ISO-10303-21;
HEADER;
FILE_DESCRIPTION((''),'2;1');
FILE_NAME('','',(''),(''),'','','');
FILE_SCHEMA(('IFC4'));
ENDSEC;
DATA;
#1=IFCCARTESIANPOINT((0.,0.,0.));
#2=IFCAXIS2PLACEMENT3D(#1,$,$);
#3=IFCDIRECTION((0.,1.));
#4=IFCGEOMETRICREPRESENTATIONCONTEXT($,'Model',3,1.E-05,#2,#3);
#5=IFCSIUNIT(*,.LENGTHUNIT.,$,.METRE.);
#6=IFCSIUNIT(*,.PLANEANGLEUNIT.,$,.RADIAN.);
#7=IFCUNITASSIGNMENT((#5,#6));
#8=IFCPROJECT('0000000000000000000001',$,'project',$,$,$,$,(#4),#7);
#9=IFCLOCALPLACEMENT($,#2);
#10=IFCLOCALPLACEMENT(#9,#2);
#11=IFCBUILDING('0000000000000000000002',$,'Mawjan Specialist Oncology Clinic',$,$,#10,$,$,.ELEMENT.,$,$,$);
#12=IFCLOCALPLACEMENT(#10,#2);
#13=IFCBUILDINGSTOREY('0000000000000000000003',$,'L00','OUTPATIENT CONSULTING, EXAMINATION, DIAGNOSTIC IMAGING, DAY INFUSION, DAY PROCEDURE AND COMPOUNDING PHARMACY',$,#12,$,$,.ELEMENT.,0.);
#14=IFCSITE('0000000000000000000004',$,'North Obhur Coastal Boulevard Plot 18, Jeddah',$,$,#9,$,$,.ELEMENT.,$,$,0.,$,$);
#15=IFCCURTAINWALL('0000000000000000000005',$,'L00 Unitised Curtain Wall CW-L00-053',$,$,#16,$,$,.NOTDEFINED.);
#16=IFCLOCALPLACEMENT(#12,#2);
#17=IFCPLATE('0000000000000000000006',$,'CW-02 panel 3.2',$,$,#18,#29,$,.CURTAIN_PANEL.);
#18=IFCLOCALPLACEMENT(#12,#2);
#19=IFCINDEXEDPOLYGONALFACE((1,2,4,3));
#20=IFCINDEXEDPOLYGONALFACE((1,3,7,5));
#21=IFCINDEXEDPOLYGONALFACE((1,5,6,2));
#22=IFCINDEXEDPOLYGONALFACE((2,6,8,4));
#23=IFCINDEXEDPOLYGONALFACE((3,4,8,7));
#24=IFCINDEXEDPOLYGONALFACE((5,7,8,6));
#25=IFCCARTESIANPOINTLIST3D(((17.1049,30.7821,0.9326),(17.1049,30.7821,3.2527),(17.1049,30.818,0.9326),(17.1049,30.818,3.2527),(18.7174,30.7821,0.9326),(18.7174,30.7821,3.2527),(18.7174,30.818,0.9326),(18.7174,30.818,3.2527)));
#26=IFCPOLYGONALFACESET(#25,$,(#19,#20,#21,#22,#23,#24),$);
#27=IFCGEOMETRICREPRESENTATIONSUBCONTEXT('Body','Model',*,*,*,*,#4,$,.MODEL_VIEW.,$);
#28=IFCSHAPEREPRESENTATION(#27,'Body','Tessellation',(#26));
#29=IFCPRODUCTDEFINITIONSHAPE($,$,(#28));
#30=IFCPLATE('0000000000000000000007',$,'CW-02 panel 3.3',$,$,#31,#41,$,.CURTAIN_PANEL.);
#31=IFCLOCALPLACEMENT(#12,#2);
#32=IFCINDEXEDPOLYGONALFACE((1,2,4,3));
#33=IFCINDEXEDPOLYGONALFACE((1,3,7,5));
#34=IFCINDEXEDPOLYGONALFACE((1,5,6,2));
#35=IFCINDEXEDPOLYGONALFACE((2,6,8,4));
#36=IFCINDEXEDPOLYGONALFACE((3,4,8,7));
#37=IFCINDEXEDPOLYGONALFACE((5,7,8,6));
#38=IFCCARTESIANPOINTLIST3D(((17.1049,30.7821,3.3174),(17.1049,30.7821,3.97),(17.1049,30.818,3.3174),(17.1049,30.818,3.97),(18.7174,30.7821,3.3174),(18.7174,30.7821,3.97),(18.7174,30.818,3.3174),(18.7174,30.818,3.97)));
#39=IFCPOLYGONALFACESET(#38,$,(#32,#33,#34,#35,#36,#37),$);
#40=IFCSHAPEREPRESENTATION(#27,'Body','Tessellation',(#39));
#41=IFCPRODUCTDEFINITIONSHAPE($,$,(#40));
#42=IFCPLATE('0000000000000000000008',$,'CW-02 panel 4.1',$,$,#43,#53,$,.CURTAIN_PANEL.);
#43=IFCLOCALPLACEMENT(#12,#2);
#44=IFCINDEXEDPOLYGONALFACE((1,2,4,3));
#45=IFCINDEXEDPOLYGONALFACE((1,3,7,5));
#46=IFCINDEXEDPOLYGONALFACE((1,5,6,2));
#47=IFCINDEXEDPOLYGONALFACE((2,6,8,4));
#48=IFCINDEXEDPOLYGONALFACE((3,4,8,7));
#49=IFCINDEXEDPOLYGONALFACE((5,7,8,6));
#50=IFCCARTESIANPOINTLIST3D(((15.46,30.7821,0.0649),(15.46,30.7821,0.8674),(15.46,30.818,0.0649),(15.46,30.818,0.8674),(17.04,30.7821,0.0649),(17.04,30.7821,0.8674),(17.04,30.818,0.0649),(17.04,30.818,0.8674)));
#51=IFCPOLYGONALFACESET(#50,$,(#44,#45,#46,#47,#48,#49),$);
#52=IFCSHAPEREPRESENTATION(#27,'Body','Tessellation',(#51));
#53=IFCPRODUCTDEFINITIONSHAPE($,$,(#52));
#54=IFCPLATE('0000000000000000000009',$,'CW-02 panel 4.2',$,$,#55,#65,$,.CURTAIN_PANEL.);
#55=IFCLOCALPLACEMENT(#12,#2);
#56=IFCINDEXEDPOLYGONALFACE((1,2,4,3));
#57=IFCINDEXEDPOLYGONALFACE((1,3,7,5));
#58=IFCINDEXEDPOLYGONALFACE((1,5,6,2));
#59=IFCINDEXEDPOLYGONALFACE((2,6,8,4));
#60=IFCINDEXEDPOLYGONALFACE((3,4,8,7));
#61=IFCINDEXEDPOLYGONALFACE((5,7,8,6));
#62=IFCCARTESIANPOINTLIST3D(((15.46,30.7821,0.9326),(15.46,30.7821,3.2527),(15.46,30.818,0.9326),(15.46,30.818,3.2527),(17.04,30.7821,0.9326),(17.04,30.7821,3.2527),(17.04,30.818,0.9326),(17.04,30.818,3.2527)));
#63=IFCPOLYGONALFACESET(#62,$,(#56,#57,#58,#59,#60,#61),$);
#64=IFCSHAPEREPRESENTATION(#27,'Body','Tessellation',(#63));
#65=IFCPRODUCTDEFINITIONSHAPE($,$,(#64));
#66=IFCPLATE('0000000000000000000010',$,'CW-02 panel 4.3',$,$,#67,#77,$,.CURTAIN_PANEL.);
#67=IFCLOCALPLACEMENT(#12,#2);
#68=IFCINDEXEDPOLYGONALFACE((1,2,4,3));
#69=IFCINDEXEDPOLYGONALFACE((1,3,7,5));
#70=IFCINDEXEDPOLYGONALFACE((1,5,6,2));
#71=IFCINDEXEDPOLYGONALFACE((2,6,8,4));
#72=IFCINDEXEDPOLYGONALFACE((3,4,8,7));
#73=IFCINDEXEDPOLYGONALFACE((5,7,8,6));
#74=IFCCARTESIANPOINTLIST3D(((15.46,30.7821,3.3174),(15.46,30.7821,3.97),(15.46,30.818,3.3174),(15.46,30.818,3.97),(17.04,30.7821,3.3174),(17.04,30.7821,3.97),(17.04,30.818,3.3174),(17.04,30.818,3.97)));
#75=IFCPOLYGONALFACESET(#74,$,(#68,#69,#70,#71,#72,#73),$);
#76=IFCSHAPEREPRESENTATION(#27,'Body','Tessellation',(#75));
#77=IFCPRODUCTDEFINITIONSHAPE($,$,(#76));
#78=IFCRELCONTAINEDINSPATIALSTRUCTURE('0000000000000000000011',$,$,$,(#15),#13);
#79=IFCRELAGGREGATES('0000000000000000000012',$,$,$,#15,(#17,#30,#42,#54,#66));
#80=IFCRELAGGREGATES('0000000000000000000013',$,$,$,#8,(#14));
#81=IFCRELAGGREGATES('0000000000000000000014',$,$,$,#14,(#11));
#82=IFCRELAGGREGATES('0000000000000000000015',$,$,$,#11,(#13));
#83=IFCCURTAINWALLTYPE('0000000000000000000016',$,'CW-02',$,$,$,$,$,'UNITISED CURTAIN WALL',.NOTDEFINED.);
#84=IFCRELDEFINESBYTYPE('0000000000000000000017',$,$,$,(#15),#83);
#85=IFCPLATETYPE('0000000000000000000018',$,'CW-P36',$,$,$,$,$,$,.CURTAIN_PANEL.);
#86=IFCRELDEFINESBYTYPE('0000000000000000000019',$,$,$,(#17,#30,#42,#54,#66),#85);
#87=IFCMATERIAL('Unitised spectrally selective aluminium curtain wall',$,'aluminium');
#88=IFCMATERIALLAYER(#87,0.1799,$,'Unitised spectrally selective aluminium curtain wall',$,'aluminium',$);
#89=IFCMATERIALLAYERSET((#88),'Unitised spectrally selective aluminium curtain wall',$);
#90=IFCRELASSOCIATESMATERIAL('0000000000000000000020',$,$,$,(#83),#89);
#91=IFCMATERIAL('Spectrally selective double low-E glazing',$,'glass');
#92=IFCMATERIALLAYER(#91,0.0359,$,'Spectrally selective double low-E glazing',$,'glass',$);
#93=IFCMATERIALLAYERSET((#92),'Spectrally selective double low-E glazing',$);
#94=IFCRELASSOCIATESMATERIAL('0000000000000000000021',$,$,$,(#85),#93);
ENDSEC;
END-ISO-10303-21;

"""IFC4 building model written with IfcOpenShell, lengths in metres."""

from ifc_helpers import new_model, si_unit, direction, frame, origin, origin_2d, place, context, subcontext, project, spatial, rectangle, extrude, material, layer, layer_set, type_object, element, aggregate, save


model = new_model("IFC4")

# Units and contexts
model_context = context("Model", 3, precision=1e-05, world=origin(), true_north=direction((0.0, 1.0)))
body_context = subcontext(model_context, "Body", "Model", "MODEL_VIEW")
ifc_project = project(units=[si_unit("LENGTHUNIT", "METRE"), si_unit("PLANEANGLEUNIT", "RADIAN")], contexts=[model_context])

# Site, building, storey
site_placement = place(None, origin())
site = spatial("IfcSite", under=ifc_project, at=site_placement, Name="North Obhur Coastal Boulevard Plot 18, Jeddah", CompositionType="ELEMENT", RefElevation=0.0)
building_placement = place(site_placement, origin())
building = spatial("IfcBuilding", under=site, at=building_placement, Name="Mawjan Specialist Oncology Clinic", CompositionType="ELEMENT")
storey_placement = place(building_placement, origin())
storey = spatial("IfcBuildingStorey", under=building, at=storey_placement, Name="L00", Description="OUTPATIENT CONSULTING, EXAMINATION, DIAGNOSTIC IMAGING, DAY INFUSION, DAY PROCEDURE AND COMPOUNDING PHARMACY", CompositionType="ELEMENT", Elevation=0.0)

# Curtain wall, plates
ifc_material_1 = material(Name="Unitised spectrally selective aluminium curtain wall", Category="aluminium")
ifc_layer_1 = layer(ifc_material_1, 0.1799, Name="Unitised spectrally selective aluminium curtain wall", Category="aluminium")
ifc_layer_set_1 = layer_set([ifc_layer_1], Name="Unitised spectrally selective aluminium curtain wall")
curtain_wall_type = type_object("IfcCurtainWallType", Name="CW-02", ElementType="UNITISED CURTAIN WALL", PredefinedType="NOTDEFINED", material=ifc_layer_set_1)
curtain_wall_placement = place(storey_placement, origin())
curtain_wall = element("IfcCurtainWall", 1, at=curtain_wall_placement, inside=storey, type_object=curtain_wall_type, Name="L00 Unitised Curtain Wall CW-L00-053", PredefinedType="NOTDEFINED")
ifc_material_2 = material(Name="Spectrally selective double low-E glazing", Category="glass")
ifc_layer_2 = layer(ifc_material_2, 0.0359, Name="Spectrally selective double low-E glazing", Category="glass")
ifc_layer_set_2 = layer_set([ifc_layer_2], Name="Spectrally selective double low-E glazing")
plate_type = type_object("IfcPlateType", Name="CW-P36", PredefinedType="CURTAIN_PANEL", material=ifc_layer_set_2)
plate_1_placement = place(storey_placement, frame((17.9111, 30.8, 0.9326), z_axis=(0.0, 0.0, 1.0), x_axis=(-1.0, 0.0, 0.0)))
plate_1 = element("IfcPlate", 2, at=plate_1_placement, type_object=plate_type, Name="CW-02 panel 3.2", PredefinedType="CURTAIN_PANEL", context=body_context, shape_type="SweptSolid", body=[
    extrude(rectangle(XDim=1.6125, YDim=0.0359, at=origin_2d()), origin(), (0.0, 0.0, 1.0), 2.3201),
])
plate_2_placement = place(storey_placement, frame((17.9111, 30.8, 3.3174), z_axis=(0.0, 0.0, 1.0), x_axis=(-1.0, 0.0, 0.0)))
plate_2 = element("IfcPlate", 3, at=plate_2_placement, type_object=plate_type, Name="CW-02 panel 3.3", PredefinedType="CURTAIN_PANEL", context=body_context, shape_type="SweptSolid", body=[
    extrude(rectangle(XDim=1.6125, YDim=0.0359, at=origin_2d()), origin(), (0.0, 0.0, 1.0), 0.6526),
])
plate_3_placement = place(storey_placement, frame((16.25, 30.8, 0.0649), z_axis=(0.0, 0.0, 1.0), x_axis=(-1.0, 0.0, 0.0)))
plate_3 = element("IfcPlate", 4, at=plate_3_placement, type_object=plate_type, Name="CW-02 panel 4.1", PredefinedType="CURTAIN_PANEL", context=body_context, shape_type="SweptSolid", body=[
    extrude(rectangle(XDim=1.5801, YDim=0.0359, at=origin_2d()), origin(), (0.0, 0.0, 1.0), 0.8025),
])
plate_4_placement = place(storey_placement, frame((16.25, 30.8, 0.9326), z_axis=(0.0, 0.0, 1.0), x_axis=(-1.0, 0.0, 0.0)))
plate_4 = element("IfcPlate", 5, at=plate_4_placement, type_object=plate_type, Name="CW-02 panel 4.2", PredefinedType="CURTAIN_PANEL", context=body_context, shape_type="SweptSolid", body=[
    extrude(rectangle(XDim=1.5801, YDim=0.0359, at=origin_2d()), origin(), (0.0, 0.0, 1.0), 2.3201),
])
plate_5_placement = place(storey_placement, frame((16.25, 30.8, 3.3174), z_axis=(0.0, 0.0, 1.0), x_axis=(-1.0, 0.0, 0.0)))
plate_5 = element("IfcPlate", 6, at=plate_5_placement, type_object=plate_type, Name="CW-02 panel 4.3", PredefinedType="CURTAIN_PANEL", context=body_context, shape_type="SweptSolid", body=[
    extrude(rectangle(XDim=1.5801, YDim=0.0359, at=origin_2d()), origin(), (0.0, 0.0, 1.0), 0.6526),
])
aggregate(curtain_wall, [plate_1, plate_2, plate_3, plate_4, plate_5])

save(model, "model.ifc")
